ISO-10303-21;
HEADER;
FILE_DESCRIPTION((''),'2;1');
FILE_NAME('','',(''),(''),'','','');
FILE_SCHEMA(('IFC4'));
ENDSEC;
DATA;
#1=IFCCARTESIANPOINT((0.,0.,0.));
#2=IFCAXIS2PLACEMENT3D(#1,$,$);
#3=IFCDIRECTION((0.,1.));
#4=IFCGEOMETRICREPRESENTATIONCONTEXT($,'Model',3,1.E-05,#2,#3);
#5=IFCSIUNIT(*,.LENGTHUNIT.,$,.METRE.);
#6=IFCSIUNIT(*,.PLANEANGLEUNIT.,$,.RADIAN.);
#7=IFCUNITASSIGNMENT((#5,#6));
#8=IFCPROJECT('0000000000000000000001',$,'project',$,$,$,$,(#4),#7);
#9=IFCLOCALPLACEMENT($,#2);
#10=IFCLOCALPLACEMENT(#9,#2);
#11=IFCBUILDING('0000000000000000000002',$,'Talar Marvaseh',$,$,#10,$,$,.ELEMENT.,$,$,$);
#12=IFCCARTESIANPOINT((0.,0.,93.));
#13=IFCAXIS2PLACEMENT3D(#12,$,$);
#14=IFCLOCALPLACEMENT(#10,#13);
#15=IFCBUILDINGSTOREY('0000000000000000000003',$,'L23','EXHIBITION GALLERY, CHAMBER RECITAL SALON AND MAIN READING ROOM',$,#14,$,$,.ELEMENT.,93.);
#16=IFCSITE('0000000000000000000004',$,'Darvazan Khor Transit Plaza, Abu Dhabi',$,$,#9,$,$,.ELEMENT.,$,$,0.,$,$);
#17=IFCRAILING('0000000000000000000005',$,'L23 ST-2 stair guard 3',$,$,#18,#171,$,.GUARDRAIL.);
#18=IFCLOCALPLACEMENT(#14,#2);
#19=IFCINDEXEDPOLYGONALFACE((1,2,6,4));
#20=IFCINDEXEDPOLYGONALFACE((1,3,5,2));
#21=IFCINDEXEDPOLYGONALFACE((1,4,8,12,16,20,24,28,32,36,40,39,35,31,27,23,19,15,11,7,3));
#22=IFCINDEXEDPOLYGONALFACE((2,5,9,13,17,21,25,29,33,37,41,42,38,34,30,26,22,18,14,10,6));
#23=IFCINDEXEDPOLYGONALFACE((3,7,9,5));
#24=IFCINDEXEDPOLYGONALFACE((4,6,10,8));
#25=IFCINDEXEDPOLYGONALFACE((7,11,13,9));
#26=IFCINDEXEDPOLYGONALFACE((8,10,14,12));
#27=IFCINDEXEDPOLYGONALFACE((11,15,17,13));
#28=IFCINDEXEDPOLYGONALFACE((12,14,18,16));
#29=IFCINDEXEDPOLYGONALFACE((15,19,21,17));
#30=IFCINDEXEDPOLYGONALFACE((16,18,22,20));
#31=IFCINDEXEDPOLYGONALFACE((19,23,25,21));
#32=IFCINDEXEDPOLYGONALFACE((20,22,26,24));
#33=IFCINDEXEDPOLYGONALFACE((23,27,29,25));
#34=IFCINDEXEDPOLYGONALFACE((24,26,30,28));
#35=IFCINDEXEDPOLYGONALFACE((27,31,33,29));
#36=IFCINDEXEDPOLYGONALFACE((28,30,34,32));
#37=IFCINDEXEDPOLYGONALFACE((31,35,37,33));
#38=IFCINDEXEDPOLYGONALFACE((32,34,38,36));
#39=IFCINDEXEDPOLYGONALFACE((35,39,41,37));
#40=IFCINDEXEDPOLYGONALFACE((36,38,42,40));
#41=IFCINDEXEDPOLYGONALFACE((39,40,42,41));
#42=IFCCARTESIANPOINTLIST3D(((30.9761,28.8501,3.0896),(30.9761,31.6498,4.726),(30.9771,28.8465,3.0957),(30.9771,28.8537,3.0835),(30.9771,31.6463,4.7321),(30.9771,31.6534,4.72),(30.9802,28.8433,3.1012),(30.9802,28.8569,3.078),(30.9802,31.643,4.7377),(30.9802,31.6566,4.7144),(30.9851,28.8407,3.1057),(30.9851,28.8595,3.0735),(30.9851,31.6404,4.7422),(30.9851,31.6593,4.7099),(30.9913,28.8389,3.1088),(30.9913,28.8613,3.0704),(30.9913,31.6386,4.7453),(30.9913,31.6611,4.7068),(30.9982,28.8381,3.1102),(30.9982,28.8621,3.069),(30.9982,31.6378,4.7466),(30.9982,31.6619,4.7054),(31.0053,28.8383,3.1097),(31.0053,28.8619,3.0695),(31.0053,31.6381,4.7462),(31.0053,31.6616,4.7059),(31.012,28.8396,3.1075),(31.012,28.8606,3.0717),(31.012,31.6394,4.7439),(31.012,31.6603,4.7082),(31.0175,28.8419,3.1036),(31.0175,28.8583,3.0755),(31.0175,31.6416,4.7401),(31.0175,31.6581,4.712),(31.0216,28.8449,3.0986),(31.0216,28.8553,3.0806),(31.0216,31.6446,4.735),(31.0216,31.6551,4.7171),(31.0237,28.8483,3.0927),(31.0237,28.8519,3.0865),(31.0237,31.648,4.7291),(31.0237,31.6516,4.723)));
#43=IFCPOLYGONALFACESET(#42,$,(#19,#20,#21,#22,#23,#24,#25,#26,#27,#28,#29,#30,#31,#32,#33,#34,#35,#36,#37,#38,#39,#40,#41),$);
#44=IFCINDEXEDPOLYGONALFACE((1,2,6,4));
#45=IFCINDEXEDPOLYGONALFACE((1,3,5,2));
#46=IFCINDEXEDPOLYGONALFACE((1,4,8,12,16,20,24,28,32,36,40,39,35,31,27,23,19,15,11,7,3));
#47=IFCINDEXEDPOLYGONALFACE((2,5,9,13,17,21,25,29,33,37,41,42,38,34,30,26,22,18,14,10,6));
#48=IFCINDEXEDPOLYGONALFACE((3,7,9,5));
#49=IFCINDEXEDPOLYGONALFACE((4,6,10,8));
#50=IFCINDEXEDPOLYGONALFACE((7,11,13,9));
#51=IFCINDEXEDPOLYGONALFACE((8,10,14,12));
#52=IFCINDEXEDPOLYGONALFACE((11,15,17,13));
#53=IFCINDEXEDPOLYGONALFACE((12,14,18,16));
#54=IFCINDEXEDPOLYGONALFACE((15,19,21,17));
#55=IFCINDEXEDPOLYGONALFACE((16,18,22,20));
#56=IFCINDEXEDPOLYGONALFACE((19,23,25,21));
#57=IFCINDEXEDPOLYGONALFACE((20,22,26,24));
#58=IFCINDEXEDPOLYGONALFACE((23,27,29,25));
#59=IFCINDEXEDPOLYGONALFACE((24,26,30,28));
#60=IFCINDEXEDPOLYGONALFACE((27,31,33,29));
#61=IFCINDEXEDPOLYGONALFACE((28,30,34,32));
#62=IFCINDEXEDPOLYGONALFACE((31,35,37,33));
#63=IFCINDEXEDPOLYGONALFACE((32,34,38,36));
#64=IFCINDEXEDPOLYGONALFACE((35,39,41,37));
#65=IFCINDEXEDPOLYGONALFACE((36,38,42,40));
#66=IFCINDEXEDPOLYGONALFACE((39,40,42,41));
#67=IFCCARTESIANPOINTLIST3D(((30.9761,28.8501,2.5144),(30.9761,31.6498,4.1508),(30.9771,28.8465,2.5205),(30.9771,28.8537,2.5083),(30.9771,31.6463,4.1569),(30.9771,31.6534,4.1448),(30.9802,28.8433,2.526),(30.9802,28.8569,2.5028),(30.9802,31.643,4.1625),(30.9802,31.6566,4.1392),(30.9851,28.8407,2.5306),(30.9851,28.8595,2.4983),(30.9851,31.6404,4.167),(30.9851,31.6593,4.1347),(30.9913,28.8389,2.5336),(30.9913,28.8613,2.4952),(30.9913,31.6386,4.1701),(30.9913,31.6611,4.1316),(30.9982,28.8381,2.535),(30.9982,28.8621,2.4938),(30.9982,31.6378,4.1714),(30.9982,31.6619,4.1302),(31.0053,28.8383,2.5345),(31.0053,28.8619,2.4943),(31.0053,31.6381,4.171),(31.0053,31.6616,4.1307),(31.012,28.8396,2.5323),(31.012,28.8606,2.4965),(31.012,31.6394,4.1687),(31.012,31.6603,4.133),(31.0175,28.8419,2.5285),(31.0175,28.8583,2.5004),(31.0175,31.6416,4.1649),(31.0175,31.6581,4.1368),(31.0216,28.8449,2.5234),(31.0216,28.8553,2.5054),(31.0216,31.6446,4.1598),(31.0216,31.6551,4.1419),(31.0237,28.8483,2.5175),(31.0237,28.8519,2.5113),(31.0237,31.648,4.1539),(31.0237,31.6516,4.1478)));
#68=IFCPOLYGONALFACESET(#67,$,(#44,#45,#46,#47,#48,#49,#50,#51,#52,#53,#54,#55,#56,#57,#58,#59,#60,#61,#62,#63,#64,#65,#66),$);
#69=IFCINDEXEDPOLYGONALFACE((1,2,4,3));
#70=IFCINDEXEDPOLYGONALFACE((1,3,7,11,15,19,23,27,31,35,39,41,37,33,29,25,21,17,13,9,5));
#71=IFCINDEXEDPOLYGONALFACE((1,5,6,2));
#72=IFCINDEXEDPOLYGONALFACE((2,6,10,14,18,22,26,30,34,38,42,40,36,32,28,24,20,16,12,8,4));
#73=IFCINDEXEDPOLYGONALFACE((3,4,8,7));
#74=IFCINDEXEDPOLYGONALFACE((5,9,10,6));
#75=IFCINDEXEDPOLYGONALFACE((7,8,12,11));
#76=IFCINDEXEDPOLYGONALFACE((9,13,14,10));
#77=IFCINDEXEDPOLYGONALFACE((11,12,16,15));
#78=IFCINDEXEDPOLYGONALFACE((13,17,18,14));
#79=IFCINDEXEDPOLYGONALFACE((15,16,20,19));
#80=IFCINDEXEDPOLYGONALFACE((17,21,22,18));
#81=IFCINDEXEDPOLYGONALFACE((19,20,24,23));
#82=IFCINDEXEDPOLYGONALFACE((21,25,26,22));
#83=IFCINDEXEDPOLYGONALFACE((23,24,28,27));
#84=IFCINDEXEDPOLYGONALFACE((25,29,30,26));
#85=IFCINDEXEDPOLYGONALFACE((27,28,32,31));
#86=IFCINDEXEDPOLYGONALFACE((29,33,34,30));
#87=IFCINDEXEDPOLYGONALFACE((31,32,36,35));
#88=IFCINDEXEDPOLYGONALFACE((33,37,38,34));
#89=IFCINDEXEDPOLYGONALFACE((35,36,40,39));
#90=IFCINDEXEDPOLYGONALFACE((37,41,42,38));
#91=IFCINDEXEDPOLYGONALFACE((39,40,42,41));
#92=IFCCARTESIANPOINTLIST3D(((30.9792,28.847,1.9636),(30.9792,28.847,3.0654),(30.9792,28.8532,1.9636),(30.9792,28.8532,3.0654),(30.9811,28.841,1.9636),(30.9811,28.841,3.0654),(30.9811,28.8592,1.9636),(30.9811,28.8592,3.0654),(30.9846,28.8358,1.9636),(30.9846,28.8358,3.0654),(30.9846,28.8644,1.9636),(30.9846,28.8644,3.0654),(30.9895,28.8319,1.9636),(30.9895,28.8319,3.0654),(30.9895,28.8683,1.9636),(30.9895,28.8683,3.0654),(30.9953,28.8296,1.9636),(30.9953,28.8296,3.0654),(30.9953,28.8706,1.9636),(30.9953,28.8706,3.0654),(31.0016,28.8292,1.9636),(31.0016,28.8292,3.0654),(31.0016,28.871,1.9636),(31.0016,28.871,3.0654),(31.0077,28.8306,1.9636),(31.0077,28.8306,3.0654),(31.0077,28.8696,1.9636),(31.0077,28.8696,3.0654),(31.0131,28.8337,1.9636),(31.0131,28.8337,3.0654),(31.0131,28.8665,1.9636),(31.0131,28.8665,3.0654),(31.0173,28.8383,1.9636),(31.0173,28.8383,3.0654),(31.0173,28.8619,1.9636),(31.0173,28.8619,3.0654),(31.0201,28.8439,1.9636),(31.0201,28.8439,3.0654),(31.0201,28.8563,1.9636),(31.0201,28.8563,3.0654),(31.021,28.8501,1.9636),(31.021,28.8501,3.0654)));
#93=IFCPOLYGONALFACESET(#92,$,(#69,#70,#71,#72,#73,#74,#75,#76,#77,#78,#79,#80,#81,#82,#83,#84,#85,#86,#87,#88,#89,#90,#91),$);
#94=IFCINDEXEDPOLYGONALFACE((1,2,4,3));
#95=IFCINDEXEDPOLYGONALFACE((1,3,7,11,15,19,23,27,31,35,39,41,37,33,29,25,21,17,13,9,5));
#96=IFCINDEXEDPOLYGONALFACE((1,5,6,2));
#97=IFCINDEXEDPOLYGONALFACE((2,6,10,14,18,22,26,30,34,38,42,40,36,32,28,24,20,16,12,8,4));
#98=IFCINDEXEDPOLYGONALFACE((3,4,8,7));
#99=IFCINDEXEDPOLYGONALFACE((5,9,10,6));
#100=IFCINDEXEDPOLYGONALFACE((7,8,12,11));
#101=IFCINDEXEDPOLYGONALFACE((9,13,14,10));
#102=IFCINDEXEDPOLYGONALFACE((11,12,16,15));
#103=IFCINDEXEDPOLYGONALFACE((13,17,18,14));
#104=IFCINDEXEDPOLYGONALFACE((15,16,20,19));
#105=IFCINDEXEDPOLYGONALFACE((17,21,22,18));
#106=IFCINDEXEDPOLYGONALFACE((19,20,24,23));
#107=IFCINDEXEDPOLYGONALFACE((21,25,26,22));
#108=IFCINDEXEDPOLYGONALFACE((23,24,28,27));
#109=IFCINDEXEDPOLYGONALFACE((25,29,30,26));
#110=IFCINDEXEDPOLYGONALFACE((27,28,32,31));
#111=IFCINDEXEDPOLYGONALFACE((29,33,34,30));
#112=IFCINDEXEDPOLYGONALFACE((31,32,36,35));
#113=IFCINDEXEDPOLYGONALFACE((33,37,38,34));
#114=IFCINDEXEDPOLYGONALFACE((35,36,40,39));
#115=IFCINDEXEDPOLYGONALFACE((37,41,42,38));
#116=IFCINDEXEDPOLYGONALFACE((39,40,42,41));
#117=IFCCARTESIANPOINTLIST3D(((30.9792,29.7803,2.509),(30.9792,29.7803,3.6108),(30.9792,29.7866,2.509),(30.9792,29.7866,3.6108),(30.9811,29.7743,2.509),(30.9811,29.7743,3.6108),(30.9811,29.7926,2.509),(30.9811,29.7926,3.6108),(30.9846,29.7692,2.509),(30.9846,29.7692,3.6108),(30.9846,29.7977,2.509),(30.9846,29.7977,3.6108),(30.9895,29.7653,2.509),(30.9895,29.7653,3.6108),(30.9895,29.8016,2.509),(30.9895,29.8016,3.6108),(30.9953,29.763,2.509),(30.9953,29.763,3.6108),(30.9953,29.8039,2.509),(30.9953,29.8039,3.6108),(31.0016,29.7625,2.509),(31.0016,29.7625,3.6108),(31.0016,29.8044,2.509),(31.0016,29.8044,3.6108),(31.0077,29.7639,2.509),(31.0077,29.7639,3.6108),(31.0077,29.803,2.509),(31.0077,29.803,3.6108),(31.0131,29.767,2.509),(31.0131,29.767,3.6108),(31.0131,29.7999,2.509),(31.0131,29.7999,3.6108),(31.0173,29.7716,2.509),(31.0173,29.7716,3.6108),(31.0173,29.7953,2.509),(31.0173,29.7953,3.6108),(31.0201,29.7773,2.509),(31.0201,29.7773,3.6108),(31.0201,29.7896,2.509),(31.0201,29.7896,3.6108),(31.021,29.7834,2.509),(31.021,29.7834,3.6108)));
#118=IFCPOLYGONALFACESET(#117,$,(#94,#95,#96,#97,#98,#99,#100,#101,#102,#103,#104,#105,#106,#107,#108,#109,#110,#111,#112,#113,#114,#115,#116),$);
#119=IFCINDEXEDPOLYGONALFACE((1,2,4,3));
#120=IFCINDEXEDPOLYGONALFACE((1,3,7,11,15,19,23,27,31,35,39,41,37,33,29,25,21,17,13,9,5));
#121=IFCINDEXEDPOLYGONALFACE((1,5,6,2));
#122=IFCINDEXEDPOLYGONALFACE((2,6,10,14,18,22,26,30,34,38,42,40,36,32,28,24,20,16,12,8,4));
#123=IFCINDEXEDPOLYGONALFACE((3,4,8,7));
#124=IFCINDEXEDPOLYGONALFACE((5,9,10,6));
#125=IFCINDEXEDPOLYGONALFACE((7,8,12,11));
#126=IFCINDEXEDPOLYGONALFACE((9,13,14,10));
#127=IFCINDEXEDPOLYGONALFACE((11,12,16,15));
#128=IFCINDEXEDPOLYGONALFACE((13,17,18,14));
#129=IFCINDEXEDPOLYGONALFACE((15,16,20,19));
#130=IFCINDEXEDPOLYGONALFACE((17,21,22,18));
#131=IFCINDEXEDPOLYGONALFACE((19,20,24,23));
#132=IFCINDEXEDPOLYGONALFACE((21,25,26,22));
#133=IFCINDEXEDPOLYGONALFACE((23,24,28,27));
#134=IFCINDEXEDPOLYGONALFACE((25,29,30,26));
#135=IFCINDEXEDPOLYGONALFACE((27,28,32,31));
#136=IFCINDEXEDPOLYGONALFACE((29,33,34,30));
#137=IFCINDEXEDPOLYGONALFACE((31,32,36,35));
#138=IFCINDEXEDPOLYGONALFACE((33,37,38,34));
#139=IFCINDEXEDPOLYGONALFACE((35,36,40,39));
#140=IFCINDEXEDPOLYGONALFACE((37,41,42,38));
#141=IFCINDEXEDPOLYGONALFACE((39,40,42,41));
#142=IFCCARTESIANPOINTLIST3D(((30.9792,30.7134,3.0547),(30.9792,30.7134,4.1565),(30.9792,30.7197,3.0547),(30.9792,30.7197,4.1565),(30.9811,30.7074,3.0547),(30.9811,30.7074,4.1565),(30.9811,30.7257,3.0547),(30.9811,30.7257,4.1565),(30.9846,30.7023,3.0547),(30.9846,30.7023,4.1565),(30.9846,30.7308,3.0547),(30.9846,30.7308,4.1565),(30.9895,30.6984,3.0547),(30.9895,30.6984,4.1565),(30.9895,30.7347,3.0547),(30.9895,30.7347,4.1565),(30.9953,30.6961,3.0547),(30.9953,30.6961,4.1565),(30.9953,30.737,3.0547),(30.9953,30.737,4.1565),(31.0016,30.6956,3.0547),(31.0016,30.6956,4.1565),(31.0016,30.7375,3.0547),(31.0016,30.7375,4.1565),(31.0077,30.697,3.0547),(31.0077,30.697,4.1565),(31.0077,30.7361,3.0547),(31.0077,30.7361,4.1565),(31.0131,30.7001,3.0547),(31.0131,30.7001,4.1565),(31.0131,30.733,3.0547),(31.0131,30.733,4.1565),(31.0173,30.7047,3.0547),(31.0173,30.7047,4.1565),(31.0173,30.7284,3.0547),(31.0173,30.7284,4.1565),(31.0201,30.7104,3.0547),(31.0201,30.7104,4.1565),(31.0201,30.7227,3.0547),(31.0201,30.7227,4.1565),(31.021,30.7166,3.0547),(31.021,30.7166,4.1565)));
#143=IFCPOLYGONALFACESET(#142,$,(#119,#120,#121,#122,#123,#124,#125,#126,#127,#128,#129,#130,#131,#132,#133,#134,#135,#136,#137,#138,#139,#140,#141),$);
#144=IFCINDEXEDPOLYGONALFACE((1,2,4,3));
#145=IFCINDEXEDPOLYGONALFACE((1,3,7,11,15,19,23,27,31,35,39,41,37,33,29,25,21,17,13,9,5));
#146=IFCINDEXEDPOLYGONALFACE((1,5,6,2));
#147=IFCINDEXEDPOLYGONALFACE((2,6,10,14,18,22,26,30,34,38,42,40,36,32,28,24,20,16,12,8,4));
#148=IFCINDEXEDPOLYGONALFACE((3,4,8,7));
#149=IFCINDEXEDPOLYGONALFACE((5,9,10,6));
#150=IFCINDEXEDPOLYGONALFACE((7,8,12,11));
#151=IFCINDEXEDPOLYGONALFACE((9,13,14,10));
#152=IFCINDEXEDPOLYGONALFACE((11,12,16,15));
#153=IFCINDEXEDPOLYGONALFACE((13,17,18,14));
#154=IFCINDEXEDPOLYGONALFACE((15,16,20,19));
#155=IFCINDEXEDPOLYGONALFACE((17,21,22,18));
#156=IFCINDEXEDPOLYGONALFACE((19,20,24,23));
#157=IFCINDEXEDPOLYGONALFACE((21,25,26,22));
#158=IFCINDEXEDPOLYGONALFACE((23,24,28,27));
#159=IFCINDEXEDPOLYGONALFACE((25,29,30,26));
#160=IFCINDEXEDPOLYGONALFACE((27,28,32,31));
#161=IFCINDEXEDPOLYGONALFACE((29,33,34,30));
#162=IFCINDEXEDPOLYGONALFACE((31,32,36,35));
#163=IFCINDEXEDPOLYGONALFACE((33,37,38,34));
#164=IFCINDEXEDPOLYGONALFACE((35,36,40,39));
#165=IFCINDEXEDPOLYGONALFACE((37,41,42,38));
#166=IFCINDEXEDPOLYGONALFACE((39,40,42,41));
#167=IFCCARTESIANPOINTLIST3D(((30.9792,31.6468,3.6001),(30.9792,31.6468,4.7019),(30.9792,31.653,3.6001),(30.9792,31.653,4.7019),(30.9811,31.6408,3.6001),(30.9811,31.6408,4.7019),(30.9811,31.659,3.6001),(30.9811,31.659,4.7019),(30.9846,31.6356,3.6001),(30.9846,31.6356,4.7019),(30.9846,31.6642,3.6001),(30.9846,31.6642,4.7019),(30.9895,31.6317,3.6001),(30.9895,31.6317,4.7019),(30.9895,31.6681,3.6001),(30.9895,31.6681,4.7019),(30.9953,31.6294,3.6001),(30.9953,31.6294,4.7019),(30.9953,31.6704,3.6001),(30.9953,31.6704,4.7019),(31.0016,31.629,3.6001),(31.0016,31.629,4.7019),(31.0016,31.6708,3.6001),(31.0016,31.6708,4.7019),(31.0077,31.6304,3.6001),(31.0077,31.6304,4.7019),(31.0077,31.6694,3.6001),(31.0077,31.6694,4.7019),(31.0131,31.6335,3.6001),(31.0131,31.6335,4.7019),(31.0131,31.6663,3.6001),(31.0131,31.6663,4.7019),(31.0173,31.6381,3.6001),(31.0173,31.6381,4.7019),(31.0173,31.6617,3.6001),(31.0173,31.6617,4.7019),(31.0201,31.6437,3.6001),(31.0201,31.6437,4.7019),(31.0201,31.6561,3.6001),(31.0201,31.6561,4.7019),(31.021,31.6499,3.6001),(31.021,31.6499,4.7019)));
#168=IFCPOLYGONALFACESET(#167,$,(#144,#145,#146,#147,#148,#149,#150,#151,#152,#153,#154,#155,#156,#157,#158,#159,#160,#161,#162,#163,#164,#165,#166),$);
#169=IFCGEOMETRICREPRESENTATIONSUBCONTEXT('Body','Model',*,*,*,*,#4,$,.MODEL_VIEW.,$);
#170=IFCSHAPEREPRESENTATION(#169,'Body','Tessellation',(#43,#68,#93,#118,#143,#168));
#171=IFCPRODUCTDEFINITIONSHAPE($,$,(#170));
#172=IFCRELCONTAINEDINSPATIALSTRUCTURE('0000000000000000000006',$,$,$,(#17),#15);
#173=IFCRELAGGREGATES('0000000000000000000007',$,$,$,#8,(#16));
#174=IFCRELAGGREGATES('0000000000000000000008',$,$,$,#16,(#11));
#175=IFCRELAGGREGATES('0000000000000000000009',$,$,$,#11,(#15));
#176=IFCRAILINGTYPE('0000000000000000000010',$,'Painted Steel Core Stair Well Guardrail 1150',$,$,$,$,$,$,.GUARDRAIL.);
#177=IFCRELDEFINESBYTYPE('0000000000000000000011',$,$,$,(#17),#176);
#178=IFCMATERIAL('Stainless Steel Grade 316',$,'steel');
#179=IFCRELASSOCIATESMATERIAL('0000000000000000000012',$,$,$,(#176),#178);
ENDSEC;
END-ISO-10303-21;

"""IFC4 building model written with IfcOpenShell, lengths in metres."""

from ifc_helpers import new_model, si_unit, direction, frame, origin, origin_2d, place, context, subcontext, project, spatial, circle, extrude, material, type_object, element, save


model = new_model("IFC4")

# Units and contexts
model_context = context("Model", 3, precision=1e-05, world=origin(), true_north=direction((0.0, 1.0)))
body_context = subcontext(model_context, "Body", "Model", "MODEL_VIEW")
ifc_project = project(units=[si_unit("LENGTHUNIT", "METRE"), si_unit("PLANEANGLEUNIT", "RADIAN")], contexts=[model_context])

# Site, building, storey
site_placement = place(None, origin())
site = spatial("IfcSite", under=ifc_project, at=site_placement, Name="Darvazan Khor Transit Plaza, Abu Dhabi", CompositionType="ELEMENT", RefElevation=0.0)
building_placement = place(site_placement, origin())
building = spatial("IfcBuilding", under=site, at=building_placement, Name="Talar Marvaseh", CompositionType="ELEMENT")
storey_placement = place(building_placement, frame((0.0, 0.0, 93.0)))
storey = spatial("IfcBuildingStorey", under=building, at=storey_placement, Name="L23", Description="EXHIBITION GALLERY, CHAMBER RECITAL SALON AND MAIN READING ROOM", CompositionType="ELEMENT", Elevation=93.0)

# Railing
ifc_material_1 = material(Name="Stainless Steel Grade 316", Category="steel")
railing_type_1 = type_object("IfcRailingType", Name="Painted Steel Core Stair Well Guardrail 1150", PredefinedType="GUARDRAIL", material=ifc_material_1)
railing_1_placement = place(storey_placement, frame((31.0, 28.8501, 1.9636)))
element("IfcRailing", 1, at=railing_1_placement, inside=storey, type_object=railing_type_1, Name="L23 ST-2 stair guard 3", PredefinedType="GUARDRAIL", context=body_context, shape_type="SweptSolid", body=[
    extrude(circle(Radius=0.0239, at=origin_2d()), frame((0.0, 0.0, 1.126), z_axis=(0.0, 0.863342, 0.50462), x_axis=(-1.0, 0.0, 0.0)), (0.0, 0.0, 1.0), 3.2429),
    extrude(circle(Radius=0.0239, at=origin_2d()), frame((0.0, 0.0, 0.5508), z_axis=(0.0, 0.863342, 0.50462), x_axis=(-1.0, 0.0, 0.0)), (0.0, 0.0, 1.0), 3.2429),
    extrude(circle(Radius=0.021, at=origin_2d()), origin(), (0.0, 0.0, 1.0), 1.1018),
    extrude(circle(Radius=0.021, at=origin_2d()), frame((0.0, 0.9333, 0.5454)), (0.0, 0.0, 1.0), 1.1018),
    extrude(circle(Radius=0.021, at=origin_2d()), frame((0.0, 1.8665, 1.0911)), (0.0, 0.0, 1.0), 1.1018),
    extrude(circle(Radius=0.021, at=origin_2d()), frame((0.0, 2.7998, 1.6365)), (0.0, 0.0, 1.0), 1.1018),
])

save(model, "model.ifc")
